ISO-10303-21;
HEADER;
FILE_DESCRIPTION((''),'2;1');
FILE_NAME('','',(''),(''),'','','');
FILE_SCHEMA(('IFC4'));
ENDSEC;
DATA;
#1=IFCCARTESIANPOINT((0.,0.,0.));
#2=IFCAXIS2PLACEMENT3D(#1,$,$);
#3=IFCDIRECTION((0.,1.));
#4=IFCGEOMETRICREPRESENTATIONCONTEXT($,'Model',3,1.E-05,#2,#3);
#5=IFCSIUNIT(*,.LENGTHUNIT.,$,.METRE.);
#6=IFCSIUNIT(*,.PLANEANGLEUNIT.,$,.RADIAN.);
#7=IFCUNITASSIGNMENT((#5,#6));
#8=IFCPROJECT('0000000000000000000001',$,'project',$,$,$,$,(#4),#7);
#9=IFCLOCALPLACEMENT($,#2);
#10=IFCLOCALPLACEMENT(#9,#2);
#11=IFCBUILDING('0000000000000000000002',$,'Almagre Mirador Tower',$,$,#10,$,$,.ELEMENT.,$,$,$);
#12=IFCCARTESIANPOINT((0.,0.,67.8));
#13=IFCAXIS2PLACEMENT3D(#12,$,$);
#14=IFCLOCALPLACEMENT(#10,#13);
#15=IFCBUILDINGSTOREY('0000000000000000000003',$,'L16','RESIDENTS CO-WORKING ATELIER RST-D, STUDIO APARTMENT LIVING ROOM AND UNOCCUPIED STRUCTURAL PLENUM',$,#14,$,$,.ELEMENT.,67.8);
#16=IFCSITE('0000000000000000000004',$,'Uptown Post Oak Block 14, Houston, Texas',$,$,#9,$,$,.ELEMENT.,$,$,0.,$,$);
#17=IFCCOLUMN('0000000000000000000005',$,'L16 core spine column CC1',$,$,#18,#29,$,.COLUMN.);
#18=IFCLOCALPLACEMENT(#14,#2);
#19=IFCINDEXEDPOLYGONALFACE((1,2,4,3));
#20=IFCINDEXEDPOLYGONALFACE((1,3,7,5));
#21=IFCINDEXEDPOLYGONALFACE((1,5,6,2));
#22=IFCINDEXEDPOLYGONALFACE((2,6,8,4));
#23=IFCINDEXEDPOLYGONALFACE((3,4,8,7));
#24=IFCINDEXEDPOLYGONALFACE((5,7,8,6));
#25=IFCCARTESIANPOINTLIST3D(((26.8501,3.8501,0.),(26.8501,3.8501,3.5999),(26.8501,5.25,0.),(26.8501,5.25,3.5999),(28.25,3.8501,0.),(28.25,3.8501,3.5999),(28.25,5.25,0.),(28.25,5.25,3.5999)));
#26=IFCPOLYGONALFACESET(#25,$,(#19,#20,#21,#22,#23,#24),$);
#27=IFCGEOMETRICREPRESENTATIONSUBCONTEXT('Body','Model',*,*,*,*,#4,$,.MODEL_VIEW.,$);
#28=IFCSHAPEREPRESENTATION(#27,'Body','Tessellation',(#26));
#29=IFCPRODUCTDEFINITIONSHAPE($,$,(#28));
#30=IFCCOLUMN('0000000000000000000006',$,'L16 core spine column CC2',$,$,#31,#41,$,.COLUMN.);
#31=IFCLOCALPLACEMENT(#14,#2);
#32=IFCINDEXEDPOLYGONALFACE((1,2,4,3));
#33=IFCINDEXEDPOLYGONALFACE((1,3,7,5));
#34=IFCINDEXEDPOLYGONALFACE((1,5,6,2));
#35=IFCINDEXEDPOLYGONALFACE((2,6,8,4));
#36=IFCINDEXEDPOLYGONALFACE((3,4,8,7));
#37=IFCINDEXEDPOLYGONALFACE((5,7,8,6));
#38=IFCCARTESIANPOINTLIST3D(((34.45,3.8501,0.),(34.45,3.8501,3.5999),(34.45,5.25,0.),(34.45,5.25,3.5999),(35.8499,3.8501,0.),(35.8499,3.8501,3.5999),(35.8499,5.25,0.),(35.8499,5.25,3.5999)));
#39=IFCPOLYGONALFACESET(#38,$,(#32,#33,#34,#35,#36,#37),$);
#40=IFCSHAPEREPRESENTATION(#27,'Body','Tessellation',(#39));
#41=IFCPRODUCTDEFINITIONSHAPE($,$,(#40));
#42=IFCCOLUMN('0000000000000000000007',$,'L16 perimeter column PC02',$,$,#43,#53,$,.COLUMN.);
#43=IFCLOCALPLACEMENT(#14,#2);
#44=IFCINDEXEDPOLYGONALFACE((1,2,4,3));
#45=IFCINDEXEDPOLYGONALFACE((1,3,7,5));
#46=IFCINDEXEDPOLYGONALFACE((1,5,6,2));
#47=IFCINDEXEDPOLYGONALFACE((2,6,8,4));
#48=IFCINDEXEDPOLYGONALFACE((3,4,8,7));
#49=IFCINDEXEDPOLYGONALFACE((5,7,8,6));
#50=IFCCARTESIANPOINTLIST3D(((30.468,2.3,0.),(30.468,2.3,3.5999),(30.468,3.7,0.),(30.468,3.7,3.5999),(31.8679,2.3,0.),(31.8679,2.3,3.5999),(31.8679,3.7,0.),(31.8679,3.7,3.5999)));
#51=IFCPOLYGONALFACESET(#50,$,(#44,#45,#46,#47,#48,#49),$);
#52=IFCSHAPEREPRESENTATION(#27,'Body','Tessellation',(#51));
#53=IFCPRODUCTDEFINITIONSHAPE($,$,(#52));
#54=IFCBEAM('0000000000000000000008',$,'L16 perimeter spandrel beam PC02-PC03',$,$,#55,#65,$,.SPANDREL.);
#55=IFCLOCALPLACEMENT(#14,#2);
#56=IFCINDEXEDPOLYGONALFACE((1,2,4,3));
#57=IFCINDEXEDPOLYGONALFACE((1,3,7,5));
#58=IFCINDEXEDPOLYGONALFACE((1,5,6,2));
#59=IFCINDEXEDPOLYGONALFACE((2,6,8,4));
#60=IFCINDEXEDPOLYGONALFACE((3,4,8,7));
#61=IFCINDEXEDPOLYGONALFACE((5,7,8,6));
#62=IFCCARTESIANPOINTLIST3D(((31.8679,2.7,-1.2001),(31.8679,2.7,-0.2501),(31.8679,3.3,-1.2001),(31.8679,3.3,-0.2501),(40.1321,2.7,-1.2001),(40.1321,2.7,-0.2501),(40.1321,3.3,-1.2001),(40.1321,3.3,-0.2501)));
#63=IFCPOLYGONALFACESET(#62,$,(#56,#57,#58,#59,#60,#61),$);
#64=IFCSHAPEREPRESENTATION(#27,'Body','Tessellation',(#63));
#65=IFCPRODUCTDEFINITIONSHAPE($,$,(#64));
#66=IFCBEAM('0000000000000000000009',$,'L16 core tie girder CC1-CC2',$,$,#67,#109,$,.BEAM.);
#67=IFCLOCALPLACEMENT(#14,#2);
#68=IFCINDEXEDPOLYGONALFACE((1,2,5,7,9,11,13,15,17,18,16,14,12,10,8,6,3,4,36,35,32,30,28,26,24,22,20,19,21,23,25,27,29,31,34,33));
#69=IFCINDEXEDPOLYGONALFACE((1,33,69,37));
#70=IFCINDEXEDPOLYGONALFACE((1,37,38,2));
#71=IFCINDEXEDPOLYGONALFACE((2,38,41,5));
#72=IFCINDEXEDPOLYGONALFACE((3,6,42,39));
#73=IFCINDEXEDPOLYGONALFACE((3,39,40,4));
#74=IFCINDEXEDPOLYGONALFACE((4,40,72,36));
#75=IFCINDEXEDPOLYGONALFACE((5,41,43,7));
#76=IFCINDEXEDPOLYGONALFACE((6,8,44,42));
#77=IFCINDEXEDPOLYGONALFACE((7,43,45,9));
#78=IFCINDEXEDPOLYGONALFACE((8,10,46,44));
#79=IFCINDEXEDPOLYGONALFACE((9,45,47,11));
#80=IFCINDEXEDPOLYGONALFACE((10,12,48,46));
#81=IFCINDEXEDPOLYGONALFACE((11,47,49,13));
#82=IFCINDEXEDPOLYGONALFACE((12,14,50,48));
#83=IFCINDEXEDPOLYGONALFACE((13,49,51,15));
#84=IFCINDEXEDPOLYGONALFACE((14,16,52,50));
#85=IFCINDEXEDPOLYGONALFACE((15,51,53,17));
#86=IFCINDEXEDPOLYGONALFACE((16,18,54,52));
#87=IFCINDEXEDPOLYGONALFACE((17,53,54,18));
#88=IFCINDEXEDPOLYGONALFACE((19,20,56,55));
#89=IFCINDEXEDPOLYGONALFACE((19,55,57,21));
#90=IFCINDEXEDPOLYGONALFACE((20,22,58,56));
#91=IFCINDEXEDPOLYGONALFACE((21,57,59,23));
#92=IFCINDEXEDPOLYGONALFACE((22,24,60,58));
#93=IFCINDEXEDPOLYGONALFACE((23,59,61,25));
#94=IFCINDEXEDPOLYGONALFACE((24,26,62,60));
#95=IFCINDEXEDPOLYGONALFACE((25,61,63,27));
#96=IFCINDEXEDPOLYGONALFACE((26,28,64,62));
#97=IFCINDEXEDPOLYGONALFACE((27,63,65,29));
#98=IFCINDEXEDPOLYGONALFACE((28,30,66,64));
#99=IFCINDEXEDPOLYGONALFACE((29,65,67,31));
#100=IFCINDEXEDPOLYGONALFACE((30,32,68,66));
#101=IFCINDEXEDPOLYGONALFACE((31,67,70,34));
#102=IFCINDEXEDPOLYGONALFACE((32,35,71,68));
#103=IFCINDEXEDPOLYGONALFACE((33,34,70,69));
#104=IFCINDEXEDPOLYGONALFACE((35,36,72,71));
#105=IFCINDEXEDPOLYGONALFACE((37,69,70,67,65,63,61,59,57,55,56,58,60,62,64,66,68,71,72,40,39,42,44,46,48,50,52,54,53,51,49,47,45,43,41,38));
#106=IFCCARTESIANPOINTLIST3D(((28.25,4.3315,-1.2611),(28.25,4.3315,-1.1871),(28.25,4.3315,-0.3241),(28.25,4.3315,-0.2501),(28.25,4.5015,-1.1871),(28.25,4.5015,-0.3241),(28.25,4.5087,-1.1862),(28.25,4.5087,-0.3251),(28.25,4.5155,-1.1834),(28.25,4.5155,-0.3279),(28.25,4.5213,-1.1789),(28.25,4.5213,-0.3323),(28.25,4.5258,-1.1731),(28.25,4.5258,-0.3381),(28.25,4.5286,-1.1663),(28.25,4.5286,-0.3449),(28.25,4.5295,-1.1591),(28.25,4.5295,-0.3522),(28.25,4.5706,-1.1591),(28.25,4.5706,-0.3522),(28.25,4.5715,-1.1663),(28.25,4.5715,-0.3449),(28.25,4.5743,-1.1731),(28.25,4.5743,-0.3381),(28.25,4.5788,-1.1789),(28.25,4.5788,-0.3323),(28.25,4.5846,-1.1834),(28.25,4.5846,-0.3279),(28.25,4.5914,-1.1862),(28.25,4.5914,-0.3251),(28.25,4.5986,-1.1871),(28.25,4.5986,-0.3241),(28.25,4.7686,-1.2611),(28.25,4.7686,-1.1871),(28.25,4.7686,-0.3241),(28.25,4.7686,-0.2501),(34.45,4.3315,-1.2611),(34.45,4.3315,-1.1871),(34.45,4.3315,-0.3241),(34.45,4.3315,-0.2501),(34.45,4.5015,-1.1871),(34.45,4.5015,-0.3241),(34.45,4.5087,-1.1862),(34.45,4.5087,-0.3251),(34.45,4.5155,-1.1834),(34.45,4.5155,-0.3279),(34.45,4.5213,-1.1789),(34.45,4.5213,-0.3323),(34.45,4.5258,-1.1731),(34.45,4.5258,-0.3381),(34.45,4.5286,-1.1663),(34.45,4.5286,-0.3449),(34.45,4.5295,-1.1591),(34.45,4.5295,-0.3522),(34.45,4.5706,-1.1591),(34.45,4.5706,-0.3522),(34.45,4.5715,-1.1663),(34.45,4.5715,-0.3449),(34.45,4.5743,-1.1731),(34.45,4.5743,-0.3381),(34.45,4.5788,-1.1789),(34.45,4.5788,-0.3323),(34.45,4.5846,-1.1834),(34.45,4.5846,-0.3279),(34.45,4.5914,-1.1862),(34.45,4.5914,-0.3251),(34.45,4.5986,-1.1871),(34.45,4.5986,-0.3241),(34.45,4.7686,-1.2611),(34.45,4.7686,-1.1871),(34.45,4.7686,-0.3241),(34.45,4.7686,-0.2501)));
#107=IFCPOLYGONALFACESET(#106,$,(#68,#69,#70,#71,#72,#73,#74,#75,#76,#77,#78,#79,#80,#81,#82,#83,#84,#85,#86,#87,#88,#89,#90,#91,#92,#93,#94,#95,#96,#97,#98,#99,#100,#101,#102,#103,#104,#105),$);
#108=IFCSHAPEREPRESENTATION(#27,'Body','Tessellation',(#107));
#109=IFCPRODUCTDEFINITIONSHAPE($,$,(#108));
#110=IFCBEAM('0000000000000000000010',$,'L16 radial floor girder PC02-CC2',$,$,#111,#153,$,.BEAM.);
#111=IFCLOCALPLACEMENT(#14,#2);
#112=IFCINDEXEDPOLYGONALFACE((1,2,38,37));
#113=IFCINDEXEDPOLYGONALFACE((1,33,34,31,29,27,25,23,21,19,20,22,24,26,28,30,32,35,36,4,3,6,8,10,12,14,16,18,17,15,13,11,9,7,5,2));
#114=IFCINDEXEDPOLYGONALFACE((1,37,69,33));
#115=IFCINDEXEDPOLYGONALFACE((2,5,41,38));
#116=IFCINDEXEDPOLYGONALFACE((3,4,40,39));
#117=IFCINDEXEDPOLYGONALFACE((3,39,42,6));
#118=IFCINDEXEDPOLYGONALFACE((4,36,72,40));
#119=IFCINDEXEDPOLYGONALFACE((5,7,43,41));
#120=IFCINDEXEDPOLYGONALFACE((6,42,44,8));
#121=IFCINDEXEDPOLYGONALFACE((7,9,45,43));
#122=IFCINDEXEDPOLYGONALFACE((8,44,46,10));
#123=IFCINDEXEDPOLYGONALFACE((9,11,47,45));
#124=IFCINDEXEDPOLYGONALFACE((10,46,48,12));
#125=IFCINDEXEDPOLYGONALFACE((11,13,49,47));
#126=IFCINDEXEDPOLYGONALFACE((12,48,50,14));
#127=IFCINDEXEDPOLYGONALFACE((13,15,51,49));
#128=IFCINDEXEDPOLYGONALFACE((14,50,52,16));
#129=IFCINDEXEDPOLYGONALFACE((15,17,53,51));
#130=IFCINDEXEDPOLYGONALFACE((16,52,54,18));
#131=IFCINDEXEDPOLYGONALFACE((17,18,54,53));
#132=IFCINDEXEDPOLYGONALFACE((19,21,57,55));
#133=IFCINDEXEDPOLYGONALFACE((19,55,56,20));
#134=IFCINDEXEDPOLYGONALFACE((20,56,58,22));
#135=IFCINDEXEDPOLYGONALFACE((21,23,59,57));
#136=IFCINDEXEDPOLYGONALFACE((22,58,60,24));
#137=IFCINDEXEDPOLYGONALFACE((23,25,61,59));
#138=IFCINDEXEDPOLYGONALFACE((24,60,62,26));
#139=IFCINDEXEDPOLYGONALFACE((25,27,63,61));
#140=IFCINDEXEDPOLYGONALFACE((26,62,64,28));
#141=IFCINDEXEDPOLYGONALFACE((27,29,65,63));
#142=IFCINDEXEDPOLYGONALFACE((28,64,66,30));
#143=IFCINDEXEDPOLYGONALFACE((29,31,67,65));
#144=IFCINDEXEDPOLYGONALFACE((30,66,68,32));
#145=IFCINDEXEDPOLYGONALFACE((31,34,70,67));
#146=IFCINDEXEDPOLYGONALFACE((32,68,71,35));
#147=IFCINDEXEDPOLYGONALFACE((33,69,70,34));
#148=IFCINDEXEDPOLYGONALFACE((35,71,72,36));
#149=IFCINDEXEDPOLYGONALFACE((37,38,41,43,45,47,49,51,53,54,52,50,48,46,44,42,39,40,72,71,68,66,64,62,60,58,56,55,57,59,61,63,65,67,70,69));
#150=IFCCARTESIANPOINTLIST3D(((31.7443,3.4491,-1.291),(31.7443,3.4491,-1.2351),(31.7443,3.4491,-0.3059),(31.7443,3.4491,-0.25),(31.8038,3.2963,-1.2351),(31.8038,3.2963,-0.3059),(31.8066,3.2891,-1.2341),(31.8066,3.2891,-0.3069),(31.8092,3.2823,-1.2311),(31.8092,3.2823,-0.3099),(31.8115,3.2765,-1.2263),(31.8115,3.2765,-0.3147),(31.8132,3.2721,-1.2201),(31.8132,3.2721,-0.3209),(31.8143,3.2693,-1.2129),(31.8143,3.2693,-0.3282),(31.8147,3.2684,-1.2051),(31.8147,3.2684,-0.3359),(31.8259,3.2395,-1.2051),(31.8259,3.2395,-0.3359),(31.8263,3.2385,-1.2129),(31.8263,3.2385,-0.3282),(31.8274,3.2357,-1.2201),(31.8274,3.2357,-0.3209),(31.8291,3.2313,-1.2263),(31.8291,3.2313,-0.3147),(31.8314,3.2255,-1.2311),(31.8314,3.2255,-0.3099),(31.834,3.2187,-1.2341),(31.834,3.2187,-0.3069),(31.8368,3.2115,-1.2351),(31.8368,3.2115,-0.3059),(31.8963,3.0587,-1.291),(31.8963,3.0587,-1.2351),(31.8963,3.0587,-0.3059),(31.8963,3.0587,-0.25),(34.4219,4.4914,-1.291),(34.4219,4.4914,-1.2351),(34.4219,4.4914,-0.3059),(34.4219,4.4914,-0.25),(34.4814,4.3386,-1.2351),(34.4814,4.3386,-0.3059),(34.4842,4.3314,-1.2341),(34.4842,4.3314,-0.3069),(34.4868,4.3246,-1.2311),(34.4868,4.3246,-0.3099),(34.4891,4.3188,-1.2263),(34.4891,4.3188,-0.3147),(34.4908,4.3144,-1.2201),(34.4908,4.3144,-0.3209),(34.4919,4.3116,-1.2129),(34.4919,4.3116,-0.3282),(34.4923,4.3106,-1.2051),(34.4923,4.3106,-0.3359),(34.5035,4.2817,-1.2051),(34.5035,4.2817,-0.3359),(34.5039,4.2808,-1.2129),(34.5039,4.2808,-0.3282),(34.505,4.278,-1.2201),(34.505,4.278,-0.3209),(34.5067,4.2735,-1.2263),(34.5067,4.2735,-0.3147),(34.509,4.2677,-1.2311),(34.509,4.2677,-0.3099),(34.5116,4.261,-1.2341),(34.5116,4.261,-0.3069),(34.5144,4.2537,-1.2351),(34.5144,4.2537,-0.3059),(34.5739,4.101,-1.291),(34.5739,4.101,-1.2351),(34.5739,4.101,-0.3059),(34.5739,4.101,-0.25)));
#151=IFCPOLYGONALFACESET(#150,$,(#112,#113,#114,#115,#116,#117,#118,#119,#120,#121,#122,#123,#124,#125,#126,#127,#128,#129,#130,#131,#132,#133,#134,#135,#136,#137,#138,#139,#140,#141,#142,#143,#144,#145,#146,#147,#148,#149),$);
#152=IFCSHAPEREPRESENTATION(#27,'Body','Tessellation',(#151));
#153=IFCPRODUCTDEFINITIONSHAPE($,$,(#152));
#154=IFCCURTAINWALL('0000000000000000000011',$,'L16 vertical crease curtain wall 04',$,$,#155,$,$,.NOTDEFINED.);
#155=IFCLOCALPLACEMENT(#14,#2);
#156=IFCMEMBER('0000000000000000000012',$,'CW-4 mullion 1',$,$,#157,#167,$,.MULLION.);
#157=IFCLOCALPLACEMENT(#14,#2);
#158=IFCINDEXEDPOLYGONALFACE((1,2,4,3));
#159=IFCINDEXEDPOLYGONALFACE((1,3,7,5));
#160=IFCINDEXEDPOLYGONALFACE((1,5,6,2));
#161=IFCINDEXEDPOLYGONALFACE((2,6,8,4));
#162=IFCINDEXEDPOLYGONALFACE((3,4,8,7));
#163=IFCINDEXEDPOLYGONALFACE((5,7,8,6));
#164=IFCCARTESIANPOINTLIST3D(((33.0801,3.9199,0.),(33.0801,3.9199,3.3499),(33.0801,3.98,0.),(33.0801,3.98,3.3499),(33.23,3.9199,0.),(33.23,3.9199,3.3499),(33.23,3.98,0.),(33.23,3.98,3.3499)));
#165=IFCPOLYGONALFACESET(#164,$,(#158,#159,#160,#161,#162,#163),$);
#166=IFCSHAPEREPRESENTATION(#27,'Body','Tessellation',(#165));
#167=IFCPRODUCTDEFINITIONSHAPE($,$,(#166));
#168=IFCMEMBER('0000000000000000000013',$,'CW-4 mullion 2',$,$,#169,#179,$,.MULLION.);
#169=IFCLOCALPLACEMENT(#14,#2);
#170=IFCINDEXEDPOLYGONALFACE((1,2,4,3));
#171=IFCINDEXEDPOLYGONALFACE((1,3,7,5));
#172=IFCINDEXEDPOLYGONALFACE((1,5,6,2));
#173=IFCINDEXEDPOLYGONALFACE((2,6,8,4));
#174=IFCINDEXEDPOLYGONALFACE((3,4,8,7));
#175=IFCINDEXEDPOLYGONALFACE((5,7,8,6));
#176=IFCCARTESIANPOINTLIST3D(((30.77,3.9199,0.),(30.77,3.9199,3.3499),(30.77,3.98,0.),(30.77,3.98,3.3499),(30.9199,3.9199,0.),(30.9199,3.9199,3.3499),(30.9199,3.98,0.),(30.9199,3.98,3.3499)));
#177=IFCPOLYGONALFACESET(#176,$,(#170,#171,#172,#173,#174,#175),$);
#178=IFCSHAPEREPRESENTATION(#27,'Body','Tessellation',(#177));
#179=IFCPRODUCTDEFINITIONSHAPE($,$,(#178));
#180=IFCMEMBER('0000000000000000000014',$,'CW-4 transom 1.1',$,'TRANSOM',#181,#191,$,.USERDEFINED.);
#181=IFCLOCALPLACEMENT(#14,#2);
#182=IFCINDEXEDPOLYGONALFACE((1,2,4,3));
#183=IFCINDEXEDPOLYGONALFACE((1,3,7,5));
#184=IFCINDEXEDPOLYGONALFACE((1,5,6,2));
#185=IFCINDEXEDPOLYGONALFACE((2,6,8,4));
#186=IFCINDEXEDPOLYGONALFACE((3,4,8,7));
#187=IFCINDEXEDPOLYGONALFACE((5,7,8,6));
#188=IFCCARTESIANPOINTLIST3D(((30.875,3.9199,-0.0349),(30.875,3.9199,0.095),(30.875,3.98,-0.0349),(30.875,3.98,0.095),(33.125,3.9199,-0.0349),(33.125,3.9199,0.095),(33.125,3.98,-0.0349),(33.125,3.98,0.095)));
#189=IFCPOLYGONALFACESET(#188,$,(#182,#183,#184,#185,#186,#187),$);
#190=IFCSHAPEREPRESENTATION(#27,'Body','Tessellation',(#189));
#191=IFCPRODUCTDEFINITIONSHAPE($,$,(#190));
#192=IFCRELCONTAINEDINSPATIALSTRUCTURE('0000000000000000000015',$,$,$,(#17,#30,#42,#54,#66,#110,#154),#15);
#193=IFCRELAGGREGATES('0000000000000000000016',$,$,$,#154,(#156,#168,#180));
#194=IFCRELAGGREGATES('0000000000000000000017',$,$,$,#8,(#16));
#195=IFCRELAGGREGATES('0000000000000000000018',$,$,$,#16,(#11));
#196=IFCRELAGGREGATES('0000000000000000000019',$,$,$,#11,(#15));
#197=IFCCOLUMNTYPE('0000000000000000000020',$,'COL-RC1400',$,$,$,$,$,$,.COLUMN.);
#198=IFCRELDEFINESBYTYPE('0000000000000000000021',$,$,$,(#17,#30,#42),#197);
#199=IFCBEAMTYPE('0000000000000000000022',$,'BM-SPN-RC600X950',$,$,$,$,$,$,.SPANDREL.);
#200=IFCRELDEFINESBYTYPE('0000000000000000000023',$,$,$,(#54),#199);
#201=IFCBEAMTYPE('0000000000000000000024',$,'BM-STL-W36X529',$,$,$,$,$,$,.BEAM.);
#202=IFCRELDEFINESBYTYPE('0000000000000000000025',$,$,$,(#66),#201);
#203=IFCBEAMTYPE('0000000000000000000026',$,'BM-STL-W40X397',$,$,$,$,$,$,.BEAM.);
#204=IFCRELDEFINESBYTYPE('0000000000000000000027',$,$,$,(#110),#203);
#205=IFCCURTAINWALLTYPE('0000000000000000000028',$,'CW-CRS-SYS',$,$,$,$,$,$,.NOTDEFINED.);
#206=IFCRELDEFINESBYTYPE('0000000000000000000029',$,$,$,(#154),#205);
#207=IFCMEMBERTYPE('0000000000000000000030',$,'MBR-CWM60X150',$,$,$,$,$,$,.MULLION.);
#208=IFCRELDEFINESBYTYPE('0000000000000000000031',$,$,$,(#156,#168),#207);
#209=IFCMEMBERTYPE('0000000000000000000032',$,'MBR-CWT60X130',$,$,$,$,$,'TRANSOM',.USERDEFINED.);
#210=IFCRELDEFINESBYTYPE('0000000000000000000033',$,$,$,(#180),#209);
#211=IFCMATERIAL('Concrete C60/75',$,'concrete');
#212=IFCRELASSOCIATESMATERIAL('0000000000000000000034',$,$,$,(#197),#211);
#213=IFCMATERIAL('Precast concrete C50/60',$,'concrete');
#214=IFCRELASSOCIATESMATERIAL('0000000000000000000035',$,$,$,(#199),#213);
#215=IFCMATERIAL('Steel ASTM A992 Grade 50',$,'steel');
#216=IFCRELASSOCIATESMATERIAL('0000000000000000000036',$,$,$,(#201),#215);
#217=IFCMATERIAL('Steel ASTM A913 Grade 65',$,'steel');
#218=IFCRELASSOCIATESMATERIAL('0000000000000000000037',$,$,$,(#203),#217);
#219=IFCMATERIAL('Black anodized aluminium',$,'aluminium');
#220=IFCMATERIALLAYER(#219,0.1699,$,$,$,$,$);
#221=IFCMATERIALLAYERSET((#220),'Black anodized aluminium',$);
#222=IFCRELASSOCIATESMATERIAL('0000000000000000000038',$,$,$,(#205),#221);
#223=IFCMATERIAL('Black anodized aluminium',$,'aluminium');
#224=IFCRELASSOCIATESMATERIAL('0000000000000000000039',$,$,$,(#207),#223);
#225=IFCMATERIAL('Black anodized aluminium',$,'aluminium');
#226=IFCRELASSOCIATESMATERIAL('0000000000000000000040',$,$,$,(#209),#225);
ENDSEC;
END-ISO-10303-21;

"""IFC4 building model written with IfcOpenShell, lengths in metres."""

from ifc_helpers import new_model, si_unit, direction, frame, origin, origin_2d, place, context, subcontext, project, spatial, rectangle, i_section, extrude, material, layer, layer_set, material_profile, profile_set, type_object, element, aggregate, save


model = new_model("IFC4")

# Units and contexts
model_context = context("Model", 3, precision=1e-05, world=origin(), true_north=direction((0.0, 1.0)))
body_context = subcontext(model_context, "Body", "Model", "MODEL_VIEW")
ifc_project = project(units=[si_unit("LENGTHUNIT", "METRE"), si_unit("PLANEANGLEUNIT", "RADIAN")], contexts=[model_context])

# Site, building, storey
site_placement = place(None, origin())
site = spatial("IfcSite", under=ifc_project, at=site_placement, Name="Uptown Post Oak Block 14, Houston, Texas", CompositionType="ELEMENT", RefElevation=0.0)
building_placement = place(site_placement, origin())
building = spatial("IfcBuilding", under=site, at=building_placement, Name="Almagre Mirador Tower", CompositionType="ELEMENT")
storey_placement = place(building_placement, frame((0.0, 0.0, 67.8)))
storey = spatial("IfcBuildingStorey", under=building, at=storey_placement, Name="L16", Description="RESIDENTS CO-WORKING ATELIER RST-D, STUDIO APARTMENT LIVING ROOM AND UNOCCUPIED STRUCTURAL PLENUM", CompositionType="ELEMENT", Elevation=67.8)

# Columns
ifc_material_1 = material(Name="Concrete C60/75", Category="concrete")
ifc_material_profile_1 = material_profile(ifc_material_1, rectangle(XDim=1.3999, YDim=1.3999, at=origin_2d()), Name="RC1400X1400")
ifc_profile_set_1 = profile_set([ifc_material_profile_1], Name="Concrete C60/75")
column_type = type_object("IfcColumnType", Name="COL-RC1400", PredefinedType="COLUMN", material=ifc_profile_set_1)
for number, where, z_axis, x_axis, name in (
    (1, (27.55, 4.55, 0.0), (0.0, 0.0, 1.0), (1.0, 0.0, 0.0), "L16 core spine column CC1"),
    (2, (35.1499, 4.55, 0.0), (0.0, 0.0, 1.0), (1.0, 0.0, 0.0), "L16 core spine column CC2"),
    (3, (31.168, 3.0, 0.0), (0.0, 0.0, 1.0), (1.0, 0.0, 0.0), "L16 perimeter column PC02"),
):
    element("IfcColumn", number, at=place(storey_placement, frame(where, z_axis=z_axis, x_axis=x_axis)), inside=storey, type_object=column_type, Name=name, PredefinedType="COLUMN", context=body_context, shape_type="SweptSolid", body=[
        extrude(rectangle(XDim=1.3999, YDim=1.3999, at=origin_2d()), origin(), (0.0, 0.0, 1.0), 3.5999),
    ])

# Beams
ifc_material_2 = material(Name="Precast concrete C50/60", Category="concrete")
ifc_material_profile_2 = material_profile(ifc_material_2, rectangle(XDim=0.6001, YDim=0.95, at=origin_2d()), Name="RC600X950")
ifc_profile_set_2 = profile_set([ifc_material_profile_2], Name="Precast concrete C50/60")
beam_type_1 = type_object("IfcBeamType", Name="BM-SPN-RC600X950", PredefinedType="SPANDREL", material=ifc_profile_set_2)
beam_1_placement = place(storey_placement, frame((31.8679, 3.0, -0.7251), z_axis=(1.0, 0.0, 0.0), x_axis=(0.0, 1.0, 0.0)))
element("IfcBeam", 4, at=beam_1_placement, inside=storey, type_object=beam_type_1, Name="L16 perimeter spandrel beam PC02-PC03", PredefinedType="SPANDREL", context=body_context, shape_type="SweptSolid", body=[
    extrude(rectangle(XDim=0.6001, YDim=0.95, at=origin_2d()), origin(), (0.0, 0.0, 1.0), 8.2642),
])
ifc_material_3 = material(Name="Steel ASTM A992 Grade 50", Category="steel")
ifc_material_profile_3 = material_profile(ifc_material_3, i_section(OverallWidth=0.437, OverallDepth=1.011, WebThickness=0.041, FlangeThickness=0.074, FilletRadius=0.0281, at=origin_2d()), Name="W36X529")
ifc_profile_set_3 = profile_set([ifc_material_profile_3], Name="Steel ASTM A992 Grade 50")
beam_type_2 = type_object("IfcBeamType", Name="BM-STL-W36X529", PredefinedType="BEAM", material=ifc_profile_set_3)
beam_2_placement = place(storey_placement, frame((28.25, 4.55, -0.7556), z_axis=(1.0, 0.0, 0.0), x_axis=(0.0, 1.0, 0.0)))
element("IfcBeam", 5, at=beam_2_placement, inside=storey, type_object=beam_type_2, Name="L16 core tie girder CC1-CC2", PredefinedType="BEAM", context=body_context, shape_type="SweptSolid", body=[
    extrude(i_section(OverallWidth=0.437, OverallDepth=1.011, WebThickness=0.041, FlangeThickness=0.074, FilletRadius=0.0281, at=origin_2d()), origin(), (0.0, 0.0, 1.0), 6.2),
])
ifc_material_4 = material(Name="Steel ASTM A913 Grade 65", Category="steel")
ifc_material_profile_4 = material_profile(ifc_material_4, i_section(OverallWidth=0.4189, OverallDepth=1.041, WebThickness=0.031, FlangeThickness=0.0559, FilletRadius=0.03, at=origin_2d()), Name="W40X397")
ifc_profile_set_4 = profile_set([ifc_material_profile_4], Name="Steel ASTM A913 Grade 65")
beam_type_3 = type_object("IfcBeamType", Name="BM-STL-W40X397", PredefinedType="BEAM", material=ifc_profile_set_4)
beam_3_placement = place(storey_placement, frame((31.8203, 3.2539, -0.7705), z_axis=(0.931888, 0.362746, 0.0), x_axis=(-0.362746, 0.931888, 0.0)))
element("IfcBeam", 6, at=beam_3_placement, inside=storey, type_object=beam_type_3, Name="L16 radial floor girder PC02-CC2", PredefinedType="BEAM", context=body_context, shape_type="SweptSolid", body=[
    extrude(i_section(OverallWidth=0.4189, OverallDepth=1.041, WebThickness=0.031, FlangeThickness=0.0559, FilletRadius=0.03, at=origin_2d()), origin(), (0.0, 0.0, 1.0), 2.8733),
])

# Curtain wall, members
ifc_material_5 = material(Name="Black anodized aluminium", Category="aluminium")
ifc_layer_1 = layer(ifc_material_5, 0.1699)
ifc_layer_set_1 = layer_set([ifc_layer_1], Name="Black anodized aluminium")
curtain_wall_type = type_object("IfcCurtainWallType", Name="CW-CRS-SYS", PredefinedType="NOTDEFINED", material=ifc_layer_set_1)
curtain_wall_placement = place(storey_placement, origin())
curtain_wall = element("IfcCurtainWall", 7, at=curtain_wall_placement, inside=storey, type_object=curtain_wall_type, Name="L16 vertical crease curtain wall 04", PredefinedType="NOTDEFINED")
ifc_material_6 = material(Name="Black anodized aluminium", Category="aluminium")
ifc_material_profile_5 = material_profile(ifc_material_6, rectangle(XDim=0.0601, YDim=0.1499, at=origin_2d()), Name="CWM60X150")
ifc_profile_set_5 = profile_set([ifc_material_profile_5], Name="Black anodized aluminium")
member_type_1 = type_object("IfcMemberType", Name="MBR-CWM60X150", PredefinedType="MULLION", material=ifc_profile_set_5)
member_1_placement = place(storey_placement, frame((33.155, 3.95, 0.0), z_axis=(0.0, 0.0, 1.0), x_axis=(0.0, -1.0, 0.0)))
member_1 = element("IfcMember", 8, at=member_1_placement, type_object=member_type_1, Name="CW-4 mullion 1", PredefinedType="MULLION", context=body_context, shape_type="SweptSolid", body=[
    extrude(rectangle(XDim=0.0601, YDim=0.1499, at=origin_2d()), origin(), (0.0, 0.0, 1.0), 3.3499),
])
member_2_placement = place(storey_placement, frame((30.845, 3.95, 0.0), z_axis=(0.0, 0.0, 1.0), x_axis=(0.0, -1.0, 0.0)))
member_2 = element("IfcMember", 9, at=member_2_placement, type_object=member_type_1, Name="CW-4 mullion 2", PredefinedType="MULLION", context=body_context, shape_type="SweptSolid", body=[
    extrude(rectangle(XDim=0.0601, YDim=0.1499, at=origin_2d()), origin(), (0.0, 0.0, 1.0), 3.3499),
])
ifc_material_7 = material(Name="Black anodized aluminium", Category="aluminium")
ifc_material_profile_6 = material_profile(ifc_material_7, rectangle(XDim=0.0601, YDim=0.1299, at=origin_2d()), Name="CWT60X130")
ifc_profile_set_6 = profile_set([ifc_material_profile_6], Name="Black anodized aluminium")
member_type_2 = type_object("IfcMemberType", Name="MBR-CWT60X130", ElementType="TRANSOM", PredefinedType="USERDEFINED", material=ifc_profile_set_6)
member_3_placement = place(storey_placement, frame((33.125, 3.95, 0.03), z_axis=(-1.0, 0.0, 0.0), x_axis=(0.0, -1.0, 0.0)))
member_3 = element("IfcMember", 10, at=member_3_placement, type_object=member_type_2, Name="CW-4 transom 1.1", ObjectType="TRANSOM", PredefinedType="USERDEFINED", context=body_context, shape_type="SweptSolid", body=[
    extrude(rectangle(XDim=0.0601, YDim=0.1299, at=origin_2d()), origin(), (0.0, 0.0, 1.0), 2.25),
])
aggregate(curtain_wall, [member_1, member_2, member_3])

save(model, "model.ifc")
